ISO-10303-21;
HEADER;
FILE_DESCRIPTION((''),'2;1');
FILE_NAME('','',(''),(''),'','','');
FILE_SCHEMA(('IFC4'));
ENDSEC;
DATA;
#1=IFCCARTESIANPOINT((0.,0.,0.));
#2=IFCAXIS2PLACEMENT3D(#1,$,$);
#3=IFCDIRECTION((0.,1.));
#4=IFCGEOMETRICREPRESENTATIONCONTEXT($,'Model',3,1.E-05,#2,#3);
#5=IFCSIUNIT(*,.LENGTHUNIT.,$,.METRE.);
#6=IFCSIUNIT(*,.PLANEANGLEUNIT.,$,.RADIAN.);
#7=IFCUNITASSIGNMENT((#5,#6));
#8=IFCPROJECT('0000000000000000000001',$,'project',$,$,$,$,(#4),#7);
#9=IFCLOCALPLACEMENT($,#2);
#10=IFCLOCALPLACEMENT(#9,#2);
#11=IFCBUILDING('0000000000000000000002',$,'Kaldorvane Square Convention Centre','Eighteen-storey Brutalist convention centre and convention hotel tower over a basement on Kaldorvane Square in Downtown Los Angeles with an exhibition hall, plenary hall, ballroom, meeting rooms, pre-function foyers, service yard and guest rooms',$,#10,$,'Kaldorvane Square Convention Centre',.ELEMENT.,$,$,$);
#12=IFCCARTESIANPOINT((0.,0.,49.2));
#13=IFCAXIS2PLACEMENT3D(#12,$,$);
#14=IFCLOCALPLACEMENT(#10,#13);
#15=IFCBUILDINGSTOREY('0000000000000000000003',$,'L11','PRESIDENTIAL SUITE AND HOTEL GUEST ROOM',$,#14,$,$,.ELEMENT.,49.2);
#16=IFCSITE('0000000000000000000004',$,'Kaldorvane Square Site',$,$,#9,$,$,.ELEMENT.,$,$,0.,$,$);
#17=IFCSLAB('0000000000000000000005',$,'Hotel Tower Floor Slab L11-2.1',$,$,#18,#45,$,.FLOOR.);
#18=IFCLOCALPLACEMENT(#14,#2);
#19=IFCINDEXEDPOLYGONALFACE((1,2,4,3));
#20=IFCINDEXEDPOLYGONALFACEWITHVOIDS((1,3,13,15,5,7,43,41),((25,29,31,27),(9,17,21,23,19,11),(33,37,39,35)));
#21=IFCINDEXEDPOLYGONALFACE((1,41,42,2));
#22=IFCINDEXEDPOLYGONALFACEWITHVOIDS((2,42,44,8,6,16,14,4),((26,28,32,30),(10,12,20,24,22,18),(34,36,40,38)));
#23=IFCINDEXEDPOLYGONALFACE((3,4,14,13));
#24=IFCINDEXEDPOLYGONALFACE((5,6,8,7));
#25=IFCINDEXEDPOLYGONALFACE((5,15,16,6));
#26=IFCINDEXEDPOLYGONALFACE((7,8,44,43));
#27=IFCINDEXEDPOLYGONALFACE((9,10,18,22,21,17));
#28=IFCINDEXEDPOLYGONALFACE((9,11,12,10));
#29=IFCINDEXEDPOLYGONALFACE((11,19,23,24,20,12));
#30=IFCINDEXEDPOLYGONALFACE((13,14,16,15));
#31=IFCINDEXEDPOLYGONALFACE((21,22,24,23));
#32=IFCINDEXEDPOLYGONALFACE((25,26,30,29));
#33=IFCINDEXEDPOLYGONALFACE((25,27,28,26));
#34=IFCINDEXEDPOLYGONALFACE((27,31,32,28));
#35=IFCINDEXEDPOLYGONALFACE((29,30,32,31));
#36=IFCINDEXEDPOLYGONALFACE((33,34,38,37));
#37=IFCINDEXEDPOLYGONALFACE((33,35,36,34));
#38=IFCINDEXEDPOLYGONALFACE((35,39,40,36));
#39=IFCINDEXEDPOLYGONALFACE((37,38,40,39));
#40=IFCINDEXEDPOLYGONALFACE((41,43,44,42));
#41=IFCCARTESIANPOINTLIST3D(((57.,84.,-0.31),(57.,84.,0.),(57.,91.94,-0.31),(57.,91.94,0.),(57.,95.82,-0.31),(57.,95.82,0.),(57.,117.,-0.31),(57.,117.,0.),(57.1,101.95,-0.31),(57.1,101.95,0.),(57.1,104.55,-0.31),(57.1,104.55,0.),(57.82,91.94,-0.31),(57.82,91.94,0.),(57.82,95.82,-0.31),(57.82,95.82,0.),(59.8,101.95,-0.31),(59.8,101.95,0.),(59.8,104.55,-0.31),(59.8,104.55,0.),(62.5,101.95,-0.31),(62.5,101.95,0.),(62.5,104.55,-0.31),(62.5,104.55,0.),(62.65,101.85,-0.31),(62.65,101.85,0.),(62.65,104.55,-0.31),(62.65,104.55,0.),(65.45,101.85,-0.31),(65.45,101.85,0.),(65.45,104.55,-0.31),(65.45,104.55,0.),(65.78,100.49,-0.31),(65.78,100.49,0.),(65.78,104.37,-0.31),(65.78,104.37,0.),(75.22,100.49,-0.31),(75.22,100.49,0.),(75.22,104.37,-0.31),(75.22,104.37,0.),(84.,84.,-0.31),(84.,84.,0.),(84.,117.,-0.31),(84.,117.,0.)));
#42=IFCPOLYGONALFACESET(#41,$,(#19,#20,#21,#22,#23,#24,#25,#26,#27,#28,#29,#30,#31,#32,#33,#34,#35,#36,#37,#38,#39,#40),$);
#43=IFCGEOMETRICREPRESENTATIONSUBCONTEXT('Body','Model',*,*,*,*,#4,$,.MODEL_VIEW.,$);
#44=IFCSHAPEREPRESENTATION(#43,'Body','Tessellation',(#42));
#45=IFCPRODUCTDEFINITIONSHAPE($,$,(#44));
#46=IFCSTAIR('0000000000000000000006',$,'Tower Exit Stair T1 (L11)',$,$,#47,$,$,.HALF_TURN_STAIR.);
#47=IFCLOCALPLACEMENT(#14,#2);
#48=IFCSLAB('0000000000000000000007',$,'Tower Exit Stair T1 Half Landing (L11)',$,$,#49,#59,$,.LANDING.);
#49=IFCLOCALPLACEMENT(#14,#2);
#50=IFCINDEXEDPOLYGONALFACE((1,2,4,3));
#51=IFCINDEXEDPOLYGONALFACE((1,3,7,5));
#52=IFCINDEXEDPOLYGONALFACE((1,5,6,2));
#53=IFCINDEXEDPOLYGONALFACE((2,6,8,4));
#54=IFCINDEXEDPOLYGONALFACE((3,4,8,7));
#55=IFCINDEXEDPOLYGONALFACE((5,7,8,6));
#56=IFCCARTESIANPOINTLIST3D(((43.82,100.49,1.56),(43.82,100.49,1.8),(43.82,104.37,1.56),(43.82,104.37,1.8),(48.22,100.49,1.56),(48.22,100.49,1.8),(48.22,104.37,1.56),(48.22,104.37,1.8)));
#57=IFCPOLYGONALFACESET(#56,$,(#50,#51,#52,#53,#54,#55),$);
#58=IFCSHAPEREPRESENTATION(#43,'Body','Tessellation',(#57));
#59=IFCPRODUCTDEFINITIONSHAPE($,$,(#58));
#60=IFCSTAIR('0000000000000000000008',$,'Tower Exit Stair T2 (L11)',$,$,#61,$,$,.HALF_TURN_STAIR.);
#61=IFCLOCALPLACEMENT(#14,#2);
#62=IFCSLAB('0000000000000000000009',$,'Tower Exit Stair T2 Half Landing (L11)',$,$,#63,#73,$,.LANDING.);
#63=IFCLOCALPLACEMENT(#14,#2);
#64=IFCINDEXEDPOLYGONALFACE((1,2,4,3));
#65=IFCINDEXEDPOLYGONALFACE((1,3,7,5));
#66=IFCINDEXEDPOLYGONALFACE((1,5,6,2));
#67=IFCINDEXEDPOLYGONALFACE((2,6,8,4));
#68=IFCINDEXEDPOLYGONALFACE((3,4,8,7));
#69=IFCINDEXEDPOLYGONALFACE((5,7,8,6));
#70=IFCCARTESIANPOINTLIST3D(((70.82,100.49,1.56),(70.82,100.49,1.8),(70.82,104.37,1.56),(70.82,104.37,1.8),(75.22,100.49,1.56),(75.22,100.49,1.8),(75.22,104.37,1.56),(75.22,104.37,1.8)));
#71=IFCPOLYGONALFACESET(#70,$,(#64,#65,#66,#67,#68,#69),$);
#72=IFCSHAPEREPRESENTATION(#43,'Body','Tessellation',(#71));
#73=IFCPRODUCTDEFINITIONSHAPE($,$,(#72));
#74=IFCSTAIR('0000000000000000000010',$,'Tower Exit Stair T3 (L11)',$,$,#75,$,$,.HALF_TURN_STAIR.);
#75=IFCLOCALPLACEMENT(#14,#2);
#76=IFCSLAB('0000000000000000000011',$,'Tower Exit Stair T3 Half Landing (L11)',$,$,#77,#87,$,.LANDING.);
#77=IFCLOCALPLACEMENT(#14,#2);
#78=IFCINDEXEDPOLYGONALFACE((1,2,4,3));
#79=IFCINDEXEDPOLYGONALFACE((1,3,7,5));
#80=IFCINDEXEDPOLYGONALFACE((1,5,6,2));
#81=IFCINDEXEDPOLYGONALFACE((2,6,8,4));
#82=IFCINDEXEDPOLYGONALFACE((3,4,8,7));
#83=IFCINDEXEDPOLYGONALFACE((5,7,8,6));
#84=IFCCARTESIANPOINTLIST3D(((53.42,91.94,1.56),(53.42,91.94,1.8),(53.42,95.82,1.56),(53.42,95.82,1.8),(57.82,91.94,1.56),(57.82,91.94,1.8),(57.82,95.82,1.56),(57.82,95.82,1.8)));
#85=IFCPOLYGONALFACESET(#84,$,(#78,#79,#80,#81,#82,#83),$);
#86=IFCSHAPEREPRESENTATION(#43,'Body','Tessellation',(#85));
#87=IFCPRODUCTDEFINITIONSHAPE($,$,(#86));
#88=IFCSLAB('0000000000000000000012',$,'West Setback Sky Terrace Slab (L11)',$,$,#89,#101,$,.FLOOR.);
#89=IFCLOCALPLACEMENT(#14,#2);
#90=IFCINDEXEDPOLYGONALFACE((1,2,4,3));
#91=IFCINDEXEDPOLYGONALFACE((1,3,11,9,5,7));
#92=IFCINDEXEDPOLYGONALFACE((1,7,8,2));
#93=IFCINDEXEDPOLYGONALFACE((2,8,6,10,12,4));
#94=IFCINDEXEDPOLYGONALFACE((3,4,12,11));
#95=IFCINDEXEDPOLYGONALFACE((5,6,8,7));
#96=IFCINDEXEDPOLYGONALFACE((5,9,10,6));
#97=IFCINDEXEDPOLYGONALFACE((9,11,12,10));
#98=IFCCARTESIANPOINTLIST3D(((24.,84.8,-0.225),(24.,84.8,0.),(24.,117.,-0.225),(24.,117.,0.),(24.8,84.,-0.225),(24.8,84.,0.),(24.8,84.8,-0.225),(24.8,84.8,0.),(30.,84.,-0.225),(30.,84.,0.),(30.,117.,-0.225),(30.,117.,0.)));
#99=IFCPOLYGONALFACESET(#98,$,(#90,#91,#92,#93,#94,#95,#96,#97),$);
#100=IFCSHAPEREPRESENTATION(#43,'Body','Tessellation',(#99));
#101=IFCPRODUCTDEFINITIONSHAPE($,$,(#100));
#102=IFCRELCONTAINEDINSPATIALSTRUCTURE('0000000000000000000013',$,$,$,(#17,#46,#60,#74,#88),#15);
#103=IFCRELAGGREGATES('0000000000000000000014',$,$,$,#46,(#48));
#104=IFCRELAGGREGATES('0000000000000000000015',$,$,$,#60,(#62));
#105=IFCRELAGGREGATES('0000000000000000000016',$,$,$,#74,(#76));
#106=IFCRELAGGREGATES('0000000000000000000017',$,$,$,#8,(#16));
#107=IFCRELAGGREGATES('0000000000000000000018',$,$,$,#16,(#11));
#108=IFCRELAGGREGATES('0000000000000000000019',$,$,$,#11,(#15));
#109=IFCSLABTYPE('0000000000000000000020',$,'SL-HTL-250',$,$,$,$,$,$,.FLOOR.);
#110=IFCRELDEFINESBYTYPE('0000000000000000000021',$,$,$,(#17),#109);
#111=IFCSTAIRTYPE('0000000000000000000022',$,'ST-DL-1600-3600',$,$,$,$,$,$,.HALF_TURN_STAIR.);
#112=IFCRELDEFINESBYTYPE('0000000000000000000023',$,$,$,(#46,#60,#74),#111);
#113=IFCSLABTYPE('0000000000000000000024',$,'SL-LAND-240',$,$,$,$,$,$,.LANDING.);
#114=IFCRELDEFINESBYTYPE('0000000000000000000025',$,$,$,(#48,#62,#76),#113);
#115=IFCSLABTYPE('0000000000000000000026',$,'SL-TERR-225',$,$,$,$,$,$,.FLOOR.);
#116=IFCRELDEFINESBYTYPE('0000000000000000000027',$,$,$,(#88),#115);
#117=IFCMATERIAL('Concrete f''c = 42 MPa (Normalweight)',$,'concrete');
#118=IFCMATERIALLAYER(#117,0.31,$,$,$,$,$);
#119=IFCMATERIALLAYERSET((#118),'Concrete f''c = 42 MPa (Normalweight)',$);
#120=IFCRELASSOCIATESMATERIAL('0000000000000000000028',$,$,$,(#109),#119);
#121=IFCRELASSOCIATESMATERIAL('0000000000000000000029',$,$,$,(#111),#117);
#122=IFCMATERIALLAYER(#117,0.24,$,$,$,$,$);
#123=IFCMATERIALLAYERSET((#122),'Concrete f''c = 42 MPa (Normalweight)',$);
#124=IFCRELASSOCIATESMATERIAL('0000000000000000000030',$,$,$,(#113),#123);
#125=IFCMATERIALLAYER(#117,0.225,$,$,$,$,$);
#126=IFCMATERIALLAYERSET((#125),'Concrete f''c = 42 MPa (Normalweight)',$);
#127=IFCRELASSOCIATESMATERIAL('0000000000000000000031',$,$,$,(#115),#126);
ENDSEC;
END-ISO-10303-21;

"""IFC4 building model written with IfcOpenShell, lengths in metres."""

from ifc_helpers import new_model, si_unit, direction, frame, origin, place, context, subcontext, project, spatial, polyline, outline, extrude, material, layer, layer_set, type_object, element, aggregate, save


model = new_model("IFC4")

# Units and contexts
model_context = context("Model", 3, precision=1e-05, world=origin(), true_north=direction((0.0, 1.0)))
body_context = subcontext(model_context, "Body", "Model", "MODEL_VIEW")
ifc_project = project(units=[si_unit("LENGTHUNIT", "METRE"), si_unit("PLANEANGLEUNIT", "RADIAN")], contexts=[model_context])

# Site, building, storey
site_placement = place(None, origin())
site = spatial("IfcSite", under=ifc_project, at=site_placement, Name="Kaldorvane Square Site", CompositionType="ELEMENT", RefElevation=0.0)
building_placement = place(site_placement, origin())
building = spatial("IfcBuilding", under=site, at=building_placement, Name="Kaldorvane Square Convention Centre", Description="Eighteen-storey Brutalist convention centre and convention hotel tower over a basement on Kaldorvane Square in Downtown Los Angeles with an exhibition hall, plenary hall, ballroom, meeting rooms, pre-function foyers, service yard and guest rooms", LongName="Kaldorvane Square Convention Centre", CompositionType="ELEMENT")
storey_placement = place(building_placement, frame((0.0, 0.0, 49.2)))
storey = spatial("IfcBuildingStorey", under=building, at=storey_placement, Name="L11", Description="PRESIDENTIAL SUITE AND HOTEL GUEST ROOM", CompositionType="ELEMENT", Elevation=49.2)

# Shared definitions
ifc_material = material(Name="Concrete f'c = 42 MPa (Normalweight)", Category="concrete")

# Slab
ifc_layer_1 = layer(ifc_material, 0.31)
ifc_layer_set_1 = layer_set([ifc_layer_1], Name="Concrete f'c = 42 MPa (Normalweight)")
slab_type_1 = type_object("IfcSlabType", Name="SL-HTL-250", PredefinedType="FLOOR", material=ifc_layer_set_1)
slab_1_placement = place(storey_placement, frame((0.0, 0.0, -0.31)))
element("IfcSlab", 1, at=slab_1_placement, inside=storey, type_object=slab_type_1, Name="Hotel Tower Floor Slab L11-2.1", PredefinedType="FLOOR", context=body_context, shape_type="SweptSolid", body=[
    extrude(outline(polyline([(84.0, 117.0), (84.0, 84.0), (57.0, 84.0), (57.0, 91.94), (57.82, 91.94), (57.82, 95.82), (57.0, 95.82), (57.0, 117.0), (84.0, 117.0)]), holes=[polyline([(65.78, 104.37), (65.78, 100.49), (75.22, 100.49), (75.22, 104.37), (65.78, 104.37)]), polyline([(62.65, 104.55), (62.65, 101.85), (65.45, 101.85), (65.45, 104.55), (62.65, 104.55)]), polyline([(57.1, 104.55), (57.1, 101.95), (59.8, 101.95), (62.5, 101.95), (62.5, 104.55), (59.8, 104.55), (57.1, 104.55)])]), origin(), (0.0, 0.0, 1.0), 0.31),
])

# Stairs, slabs
stair_type = type_object("IfcStairType", Name="ST-DL-1600-3600", PredefinedType="HALF_TURN_STAIR", material=ifc_material)
stair_1_placement = place(storey_placement, origin())
stair_1 = element("IfcStair", 2, at=stair_1_placement, inside=storey, type_object=stair_type, Name="Tower Exit Stair T1 (L11)", PredefinedType="HALF_TURN_STAIR")
ifc_layer_2 = layer(ifc_material, 0.24)
ifc_layer_set_2 = layer_set([ifc_layer_2], Name="Concrete f'c = 42 MPa (Normalweight)")
slab_type_2 = type_object("IfcSlabType", Name="SL-LAND-240", PredefinedType="LANDING", material=ifc_layer_set_2)
slab_2_placement = place(storey_placement, frame((0.0, 0.0, 1.56)))
slab_2 = element("IfcSlab", 3, at=slab_2_placement, type_object=slab_type_2, Name="Tower Exit Stair T1 Half Landing (L11)", PredefinedType="LANDING", context=body_context, shape_type="SweptSolid", body=[
    extrude(outline(polyline([(43.82, 100.49), (48.22, 100.49), (48.22, 104.37), (43.82, 104.37), (43.82, 100.49)])), origin(), (0.0, 0.0, 1.0), 0.24),
])
aggregate(stair_1, [slab_2])
stair_2_placement = place(storey_placement, origin())
stair_2 = element("IfcStair", 4, at=stair_2_placement, inside=storey, type_object=stair_type, Name="Tower Exit Stair T2 (L11)", PredefinedType="HALF_TURN_STAIR")
slab_3_placement = place(storey_placement, frame((0.0, 0.0, 1.56)))
slab_3 = element("IfcSlab", 5, at=slab_3_placement, type_object=slab_type_2, Name="Tower Exit Stair T2 Half Landing (L11)", PredefinedType="LANDING", context=body_context, shape_type="SweptSolid", body=[
    extrude(outline(polyline([(70.82, 100.49), (75.22, 100.49), (75.22, 104.37), (70.82, 104.37), (70.82, 100.49)])), origin(), (0.0, 0.0, 1.0), 0.24),
])
aggregate(stair_2, [slab_3])
stair_3_placement = place(storey_placement, origin())
stair_3 = element("IfcStair", 6, at=stair_3_placement, inside=storey, type_object=stair_type, Name="Tower Exit Stair T3 (L11)", PredefinedType="HALF_TURN_STAIR")
slab_4_placement = place(storey_placement, frame((0.0, 0.0, 1.56)))
slab_4 = element("IfcSlab", 7, at=slab_4_placement, type_object=slab_type_2, Name="Tower Exit Stair T3 Half Landing (L11)", PredefinedType="LANDING", context=body_context, shape_type="SweptSolid", body=[
    extrude(outline(polyline([(53.42, 91.94), (57.82, 91.94), (57.82, 95.82), (53.42, 95.82), (53.42, 91.94)])), origin(), (0.0, 0.0, 1.0), 0.24),
])
aggregate(stair_3, [slab_4])

# Slab
ifc_layer_3 = layer(ifc_material, 0.225)
ifc_layer_set_3 = layer_set([ifc_layer_3], Name="Concrete f'c = 42 MPa (Normalweight)")
slab_type_3 = type_object("IfcSlabType", Name="SL-TERR-225", PredefinedType="FLOOR", material=ifc_layer_set_3)
slab_5_placement = place(storey_placement, frame((0.0, 0.0, -0.225)))
element("IfcSlab", 8, at=slab_5_placement, inside=storey, type_object=slab_type_3, Name="West Setback Sky Terrace Slab (L11)", PredefinedType="FLOOR", context=body_context, shape_type="SweptSolid", body=[
    extrude(outline(polyline([(24.0, 117.0), (30.0, 117.0), (30.0, 84.0), (24.8, 84.0), (24.8, 84.8), (24.0, 84.8), (24.0, 117.0)])), origin(), (0.0, 0.0, 1.0), 0.225),
])

save(model, "model.ifc")
